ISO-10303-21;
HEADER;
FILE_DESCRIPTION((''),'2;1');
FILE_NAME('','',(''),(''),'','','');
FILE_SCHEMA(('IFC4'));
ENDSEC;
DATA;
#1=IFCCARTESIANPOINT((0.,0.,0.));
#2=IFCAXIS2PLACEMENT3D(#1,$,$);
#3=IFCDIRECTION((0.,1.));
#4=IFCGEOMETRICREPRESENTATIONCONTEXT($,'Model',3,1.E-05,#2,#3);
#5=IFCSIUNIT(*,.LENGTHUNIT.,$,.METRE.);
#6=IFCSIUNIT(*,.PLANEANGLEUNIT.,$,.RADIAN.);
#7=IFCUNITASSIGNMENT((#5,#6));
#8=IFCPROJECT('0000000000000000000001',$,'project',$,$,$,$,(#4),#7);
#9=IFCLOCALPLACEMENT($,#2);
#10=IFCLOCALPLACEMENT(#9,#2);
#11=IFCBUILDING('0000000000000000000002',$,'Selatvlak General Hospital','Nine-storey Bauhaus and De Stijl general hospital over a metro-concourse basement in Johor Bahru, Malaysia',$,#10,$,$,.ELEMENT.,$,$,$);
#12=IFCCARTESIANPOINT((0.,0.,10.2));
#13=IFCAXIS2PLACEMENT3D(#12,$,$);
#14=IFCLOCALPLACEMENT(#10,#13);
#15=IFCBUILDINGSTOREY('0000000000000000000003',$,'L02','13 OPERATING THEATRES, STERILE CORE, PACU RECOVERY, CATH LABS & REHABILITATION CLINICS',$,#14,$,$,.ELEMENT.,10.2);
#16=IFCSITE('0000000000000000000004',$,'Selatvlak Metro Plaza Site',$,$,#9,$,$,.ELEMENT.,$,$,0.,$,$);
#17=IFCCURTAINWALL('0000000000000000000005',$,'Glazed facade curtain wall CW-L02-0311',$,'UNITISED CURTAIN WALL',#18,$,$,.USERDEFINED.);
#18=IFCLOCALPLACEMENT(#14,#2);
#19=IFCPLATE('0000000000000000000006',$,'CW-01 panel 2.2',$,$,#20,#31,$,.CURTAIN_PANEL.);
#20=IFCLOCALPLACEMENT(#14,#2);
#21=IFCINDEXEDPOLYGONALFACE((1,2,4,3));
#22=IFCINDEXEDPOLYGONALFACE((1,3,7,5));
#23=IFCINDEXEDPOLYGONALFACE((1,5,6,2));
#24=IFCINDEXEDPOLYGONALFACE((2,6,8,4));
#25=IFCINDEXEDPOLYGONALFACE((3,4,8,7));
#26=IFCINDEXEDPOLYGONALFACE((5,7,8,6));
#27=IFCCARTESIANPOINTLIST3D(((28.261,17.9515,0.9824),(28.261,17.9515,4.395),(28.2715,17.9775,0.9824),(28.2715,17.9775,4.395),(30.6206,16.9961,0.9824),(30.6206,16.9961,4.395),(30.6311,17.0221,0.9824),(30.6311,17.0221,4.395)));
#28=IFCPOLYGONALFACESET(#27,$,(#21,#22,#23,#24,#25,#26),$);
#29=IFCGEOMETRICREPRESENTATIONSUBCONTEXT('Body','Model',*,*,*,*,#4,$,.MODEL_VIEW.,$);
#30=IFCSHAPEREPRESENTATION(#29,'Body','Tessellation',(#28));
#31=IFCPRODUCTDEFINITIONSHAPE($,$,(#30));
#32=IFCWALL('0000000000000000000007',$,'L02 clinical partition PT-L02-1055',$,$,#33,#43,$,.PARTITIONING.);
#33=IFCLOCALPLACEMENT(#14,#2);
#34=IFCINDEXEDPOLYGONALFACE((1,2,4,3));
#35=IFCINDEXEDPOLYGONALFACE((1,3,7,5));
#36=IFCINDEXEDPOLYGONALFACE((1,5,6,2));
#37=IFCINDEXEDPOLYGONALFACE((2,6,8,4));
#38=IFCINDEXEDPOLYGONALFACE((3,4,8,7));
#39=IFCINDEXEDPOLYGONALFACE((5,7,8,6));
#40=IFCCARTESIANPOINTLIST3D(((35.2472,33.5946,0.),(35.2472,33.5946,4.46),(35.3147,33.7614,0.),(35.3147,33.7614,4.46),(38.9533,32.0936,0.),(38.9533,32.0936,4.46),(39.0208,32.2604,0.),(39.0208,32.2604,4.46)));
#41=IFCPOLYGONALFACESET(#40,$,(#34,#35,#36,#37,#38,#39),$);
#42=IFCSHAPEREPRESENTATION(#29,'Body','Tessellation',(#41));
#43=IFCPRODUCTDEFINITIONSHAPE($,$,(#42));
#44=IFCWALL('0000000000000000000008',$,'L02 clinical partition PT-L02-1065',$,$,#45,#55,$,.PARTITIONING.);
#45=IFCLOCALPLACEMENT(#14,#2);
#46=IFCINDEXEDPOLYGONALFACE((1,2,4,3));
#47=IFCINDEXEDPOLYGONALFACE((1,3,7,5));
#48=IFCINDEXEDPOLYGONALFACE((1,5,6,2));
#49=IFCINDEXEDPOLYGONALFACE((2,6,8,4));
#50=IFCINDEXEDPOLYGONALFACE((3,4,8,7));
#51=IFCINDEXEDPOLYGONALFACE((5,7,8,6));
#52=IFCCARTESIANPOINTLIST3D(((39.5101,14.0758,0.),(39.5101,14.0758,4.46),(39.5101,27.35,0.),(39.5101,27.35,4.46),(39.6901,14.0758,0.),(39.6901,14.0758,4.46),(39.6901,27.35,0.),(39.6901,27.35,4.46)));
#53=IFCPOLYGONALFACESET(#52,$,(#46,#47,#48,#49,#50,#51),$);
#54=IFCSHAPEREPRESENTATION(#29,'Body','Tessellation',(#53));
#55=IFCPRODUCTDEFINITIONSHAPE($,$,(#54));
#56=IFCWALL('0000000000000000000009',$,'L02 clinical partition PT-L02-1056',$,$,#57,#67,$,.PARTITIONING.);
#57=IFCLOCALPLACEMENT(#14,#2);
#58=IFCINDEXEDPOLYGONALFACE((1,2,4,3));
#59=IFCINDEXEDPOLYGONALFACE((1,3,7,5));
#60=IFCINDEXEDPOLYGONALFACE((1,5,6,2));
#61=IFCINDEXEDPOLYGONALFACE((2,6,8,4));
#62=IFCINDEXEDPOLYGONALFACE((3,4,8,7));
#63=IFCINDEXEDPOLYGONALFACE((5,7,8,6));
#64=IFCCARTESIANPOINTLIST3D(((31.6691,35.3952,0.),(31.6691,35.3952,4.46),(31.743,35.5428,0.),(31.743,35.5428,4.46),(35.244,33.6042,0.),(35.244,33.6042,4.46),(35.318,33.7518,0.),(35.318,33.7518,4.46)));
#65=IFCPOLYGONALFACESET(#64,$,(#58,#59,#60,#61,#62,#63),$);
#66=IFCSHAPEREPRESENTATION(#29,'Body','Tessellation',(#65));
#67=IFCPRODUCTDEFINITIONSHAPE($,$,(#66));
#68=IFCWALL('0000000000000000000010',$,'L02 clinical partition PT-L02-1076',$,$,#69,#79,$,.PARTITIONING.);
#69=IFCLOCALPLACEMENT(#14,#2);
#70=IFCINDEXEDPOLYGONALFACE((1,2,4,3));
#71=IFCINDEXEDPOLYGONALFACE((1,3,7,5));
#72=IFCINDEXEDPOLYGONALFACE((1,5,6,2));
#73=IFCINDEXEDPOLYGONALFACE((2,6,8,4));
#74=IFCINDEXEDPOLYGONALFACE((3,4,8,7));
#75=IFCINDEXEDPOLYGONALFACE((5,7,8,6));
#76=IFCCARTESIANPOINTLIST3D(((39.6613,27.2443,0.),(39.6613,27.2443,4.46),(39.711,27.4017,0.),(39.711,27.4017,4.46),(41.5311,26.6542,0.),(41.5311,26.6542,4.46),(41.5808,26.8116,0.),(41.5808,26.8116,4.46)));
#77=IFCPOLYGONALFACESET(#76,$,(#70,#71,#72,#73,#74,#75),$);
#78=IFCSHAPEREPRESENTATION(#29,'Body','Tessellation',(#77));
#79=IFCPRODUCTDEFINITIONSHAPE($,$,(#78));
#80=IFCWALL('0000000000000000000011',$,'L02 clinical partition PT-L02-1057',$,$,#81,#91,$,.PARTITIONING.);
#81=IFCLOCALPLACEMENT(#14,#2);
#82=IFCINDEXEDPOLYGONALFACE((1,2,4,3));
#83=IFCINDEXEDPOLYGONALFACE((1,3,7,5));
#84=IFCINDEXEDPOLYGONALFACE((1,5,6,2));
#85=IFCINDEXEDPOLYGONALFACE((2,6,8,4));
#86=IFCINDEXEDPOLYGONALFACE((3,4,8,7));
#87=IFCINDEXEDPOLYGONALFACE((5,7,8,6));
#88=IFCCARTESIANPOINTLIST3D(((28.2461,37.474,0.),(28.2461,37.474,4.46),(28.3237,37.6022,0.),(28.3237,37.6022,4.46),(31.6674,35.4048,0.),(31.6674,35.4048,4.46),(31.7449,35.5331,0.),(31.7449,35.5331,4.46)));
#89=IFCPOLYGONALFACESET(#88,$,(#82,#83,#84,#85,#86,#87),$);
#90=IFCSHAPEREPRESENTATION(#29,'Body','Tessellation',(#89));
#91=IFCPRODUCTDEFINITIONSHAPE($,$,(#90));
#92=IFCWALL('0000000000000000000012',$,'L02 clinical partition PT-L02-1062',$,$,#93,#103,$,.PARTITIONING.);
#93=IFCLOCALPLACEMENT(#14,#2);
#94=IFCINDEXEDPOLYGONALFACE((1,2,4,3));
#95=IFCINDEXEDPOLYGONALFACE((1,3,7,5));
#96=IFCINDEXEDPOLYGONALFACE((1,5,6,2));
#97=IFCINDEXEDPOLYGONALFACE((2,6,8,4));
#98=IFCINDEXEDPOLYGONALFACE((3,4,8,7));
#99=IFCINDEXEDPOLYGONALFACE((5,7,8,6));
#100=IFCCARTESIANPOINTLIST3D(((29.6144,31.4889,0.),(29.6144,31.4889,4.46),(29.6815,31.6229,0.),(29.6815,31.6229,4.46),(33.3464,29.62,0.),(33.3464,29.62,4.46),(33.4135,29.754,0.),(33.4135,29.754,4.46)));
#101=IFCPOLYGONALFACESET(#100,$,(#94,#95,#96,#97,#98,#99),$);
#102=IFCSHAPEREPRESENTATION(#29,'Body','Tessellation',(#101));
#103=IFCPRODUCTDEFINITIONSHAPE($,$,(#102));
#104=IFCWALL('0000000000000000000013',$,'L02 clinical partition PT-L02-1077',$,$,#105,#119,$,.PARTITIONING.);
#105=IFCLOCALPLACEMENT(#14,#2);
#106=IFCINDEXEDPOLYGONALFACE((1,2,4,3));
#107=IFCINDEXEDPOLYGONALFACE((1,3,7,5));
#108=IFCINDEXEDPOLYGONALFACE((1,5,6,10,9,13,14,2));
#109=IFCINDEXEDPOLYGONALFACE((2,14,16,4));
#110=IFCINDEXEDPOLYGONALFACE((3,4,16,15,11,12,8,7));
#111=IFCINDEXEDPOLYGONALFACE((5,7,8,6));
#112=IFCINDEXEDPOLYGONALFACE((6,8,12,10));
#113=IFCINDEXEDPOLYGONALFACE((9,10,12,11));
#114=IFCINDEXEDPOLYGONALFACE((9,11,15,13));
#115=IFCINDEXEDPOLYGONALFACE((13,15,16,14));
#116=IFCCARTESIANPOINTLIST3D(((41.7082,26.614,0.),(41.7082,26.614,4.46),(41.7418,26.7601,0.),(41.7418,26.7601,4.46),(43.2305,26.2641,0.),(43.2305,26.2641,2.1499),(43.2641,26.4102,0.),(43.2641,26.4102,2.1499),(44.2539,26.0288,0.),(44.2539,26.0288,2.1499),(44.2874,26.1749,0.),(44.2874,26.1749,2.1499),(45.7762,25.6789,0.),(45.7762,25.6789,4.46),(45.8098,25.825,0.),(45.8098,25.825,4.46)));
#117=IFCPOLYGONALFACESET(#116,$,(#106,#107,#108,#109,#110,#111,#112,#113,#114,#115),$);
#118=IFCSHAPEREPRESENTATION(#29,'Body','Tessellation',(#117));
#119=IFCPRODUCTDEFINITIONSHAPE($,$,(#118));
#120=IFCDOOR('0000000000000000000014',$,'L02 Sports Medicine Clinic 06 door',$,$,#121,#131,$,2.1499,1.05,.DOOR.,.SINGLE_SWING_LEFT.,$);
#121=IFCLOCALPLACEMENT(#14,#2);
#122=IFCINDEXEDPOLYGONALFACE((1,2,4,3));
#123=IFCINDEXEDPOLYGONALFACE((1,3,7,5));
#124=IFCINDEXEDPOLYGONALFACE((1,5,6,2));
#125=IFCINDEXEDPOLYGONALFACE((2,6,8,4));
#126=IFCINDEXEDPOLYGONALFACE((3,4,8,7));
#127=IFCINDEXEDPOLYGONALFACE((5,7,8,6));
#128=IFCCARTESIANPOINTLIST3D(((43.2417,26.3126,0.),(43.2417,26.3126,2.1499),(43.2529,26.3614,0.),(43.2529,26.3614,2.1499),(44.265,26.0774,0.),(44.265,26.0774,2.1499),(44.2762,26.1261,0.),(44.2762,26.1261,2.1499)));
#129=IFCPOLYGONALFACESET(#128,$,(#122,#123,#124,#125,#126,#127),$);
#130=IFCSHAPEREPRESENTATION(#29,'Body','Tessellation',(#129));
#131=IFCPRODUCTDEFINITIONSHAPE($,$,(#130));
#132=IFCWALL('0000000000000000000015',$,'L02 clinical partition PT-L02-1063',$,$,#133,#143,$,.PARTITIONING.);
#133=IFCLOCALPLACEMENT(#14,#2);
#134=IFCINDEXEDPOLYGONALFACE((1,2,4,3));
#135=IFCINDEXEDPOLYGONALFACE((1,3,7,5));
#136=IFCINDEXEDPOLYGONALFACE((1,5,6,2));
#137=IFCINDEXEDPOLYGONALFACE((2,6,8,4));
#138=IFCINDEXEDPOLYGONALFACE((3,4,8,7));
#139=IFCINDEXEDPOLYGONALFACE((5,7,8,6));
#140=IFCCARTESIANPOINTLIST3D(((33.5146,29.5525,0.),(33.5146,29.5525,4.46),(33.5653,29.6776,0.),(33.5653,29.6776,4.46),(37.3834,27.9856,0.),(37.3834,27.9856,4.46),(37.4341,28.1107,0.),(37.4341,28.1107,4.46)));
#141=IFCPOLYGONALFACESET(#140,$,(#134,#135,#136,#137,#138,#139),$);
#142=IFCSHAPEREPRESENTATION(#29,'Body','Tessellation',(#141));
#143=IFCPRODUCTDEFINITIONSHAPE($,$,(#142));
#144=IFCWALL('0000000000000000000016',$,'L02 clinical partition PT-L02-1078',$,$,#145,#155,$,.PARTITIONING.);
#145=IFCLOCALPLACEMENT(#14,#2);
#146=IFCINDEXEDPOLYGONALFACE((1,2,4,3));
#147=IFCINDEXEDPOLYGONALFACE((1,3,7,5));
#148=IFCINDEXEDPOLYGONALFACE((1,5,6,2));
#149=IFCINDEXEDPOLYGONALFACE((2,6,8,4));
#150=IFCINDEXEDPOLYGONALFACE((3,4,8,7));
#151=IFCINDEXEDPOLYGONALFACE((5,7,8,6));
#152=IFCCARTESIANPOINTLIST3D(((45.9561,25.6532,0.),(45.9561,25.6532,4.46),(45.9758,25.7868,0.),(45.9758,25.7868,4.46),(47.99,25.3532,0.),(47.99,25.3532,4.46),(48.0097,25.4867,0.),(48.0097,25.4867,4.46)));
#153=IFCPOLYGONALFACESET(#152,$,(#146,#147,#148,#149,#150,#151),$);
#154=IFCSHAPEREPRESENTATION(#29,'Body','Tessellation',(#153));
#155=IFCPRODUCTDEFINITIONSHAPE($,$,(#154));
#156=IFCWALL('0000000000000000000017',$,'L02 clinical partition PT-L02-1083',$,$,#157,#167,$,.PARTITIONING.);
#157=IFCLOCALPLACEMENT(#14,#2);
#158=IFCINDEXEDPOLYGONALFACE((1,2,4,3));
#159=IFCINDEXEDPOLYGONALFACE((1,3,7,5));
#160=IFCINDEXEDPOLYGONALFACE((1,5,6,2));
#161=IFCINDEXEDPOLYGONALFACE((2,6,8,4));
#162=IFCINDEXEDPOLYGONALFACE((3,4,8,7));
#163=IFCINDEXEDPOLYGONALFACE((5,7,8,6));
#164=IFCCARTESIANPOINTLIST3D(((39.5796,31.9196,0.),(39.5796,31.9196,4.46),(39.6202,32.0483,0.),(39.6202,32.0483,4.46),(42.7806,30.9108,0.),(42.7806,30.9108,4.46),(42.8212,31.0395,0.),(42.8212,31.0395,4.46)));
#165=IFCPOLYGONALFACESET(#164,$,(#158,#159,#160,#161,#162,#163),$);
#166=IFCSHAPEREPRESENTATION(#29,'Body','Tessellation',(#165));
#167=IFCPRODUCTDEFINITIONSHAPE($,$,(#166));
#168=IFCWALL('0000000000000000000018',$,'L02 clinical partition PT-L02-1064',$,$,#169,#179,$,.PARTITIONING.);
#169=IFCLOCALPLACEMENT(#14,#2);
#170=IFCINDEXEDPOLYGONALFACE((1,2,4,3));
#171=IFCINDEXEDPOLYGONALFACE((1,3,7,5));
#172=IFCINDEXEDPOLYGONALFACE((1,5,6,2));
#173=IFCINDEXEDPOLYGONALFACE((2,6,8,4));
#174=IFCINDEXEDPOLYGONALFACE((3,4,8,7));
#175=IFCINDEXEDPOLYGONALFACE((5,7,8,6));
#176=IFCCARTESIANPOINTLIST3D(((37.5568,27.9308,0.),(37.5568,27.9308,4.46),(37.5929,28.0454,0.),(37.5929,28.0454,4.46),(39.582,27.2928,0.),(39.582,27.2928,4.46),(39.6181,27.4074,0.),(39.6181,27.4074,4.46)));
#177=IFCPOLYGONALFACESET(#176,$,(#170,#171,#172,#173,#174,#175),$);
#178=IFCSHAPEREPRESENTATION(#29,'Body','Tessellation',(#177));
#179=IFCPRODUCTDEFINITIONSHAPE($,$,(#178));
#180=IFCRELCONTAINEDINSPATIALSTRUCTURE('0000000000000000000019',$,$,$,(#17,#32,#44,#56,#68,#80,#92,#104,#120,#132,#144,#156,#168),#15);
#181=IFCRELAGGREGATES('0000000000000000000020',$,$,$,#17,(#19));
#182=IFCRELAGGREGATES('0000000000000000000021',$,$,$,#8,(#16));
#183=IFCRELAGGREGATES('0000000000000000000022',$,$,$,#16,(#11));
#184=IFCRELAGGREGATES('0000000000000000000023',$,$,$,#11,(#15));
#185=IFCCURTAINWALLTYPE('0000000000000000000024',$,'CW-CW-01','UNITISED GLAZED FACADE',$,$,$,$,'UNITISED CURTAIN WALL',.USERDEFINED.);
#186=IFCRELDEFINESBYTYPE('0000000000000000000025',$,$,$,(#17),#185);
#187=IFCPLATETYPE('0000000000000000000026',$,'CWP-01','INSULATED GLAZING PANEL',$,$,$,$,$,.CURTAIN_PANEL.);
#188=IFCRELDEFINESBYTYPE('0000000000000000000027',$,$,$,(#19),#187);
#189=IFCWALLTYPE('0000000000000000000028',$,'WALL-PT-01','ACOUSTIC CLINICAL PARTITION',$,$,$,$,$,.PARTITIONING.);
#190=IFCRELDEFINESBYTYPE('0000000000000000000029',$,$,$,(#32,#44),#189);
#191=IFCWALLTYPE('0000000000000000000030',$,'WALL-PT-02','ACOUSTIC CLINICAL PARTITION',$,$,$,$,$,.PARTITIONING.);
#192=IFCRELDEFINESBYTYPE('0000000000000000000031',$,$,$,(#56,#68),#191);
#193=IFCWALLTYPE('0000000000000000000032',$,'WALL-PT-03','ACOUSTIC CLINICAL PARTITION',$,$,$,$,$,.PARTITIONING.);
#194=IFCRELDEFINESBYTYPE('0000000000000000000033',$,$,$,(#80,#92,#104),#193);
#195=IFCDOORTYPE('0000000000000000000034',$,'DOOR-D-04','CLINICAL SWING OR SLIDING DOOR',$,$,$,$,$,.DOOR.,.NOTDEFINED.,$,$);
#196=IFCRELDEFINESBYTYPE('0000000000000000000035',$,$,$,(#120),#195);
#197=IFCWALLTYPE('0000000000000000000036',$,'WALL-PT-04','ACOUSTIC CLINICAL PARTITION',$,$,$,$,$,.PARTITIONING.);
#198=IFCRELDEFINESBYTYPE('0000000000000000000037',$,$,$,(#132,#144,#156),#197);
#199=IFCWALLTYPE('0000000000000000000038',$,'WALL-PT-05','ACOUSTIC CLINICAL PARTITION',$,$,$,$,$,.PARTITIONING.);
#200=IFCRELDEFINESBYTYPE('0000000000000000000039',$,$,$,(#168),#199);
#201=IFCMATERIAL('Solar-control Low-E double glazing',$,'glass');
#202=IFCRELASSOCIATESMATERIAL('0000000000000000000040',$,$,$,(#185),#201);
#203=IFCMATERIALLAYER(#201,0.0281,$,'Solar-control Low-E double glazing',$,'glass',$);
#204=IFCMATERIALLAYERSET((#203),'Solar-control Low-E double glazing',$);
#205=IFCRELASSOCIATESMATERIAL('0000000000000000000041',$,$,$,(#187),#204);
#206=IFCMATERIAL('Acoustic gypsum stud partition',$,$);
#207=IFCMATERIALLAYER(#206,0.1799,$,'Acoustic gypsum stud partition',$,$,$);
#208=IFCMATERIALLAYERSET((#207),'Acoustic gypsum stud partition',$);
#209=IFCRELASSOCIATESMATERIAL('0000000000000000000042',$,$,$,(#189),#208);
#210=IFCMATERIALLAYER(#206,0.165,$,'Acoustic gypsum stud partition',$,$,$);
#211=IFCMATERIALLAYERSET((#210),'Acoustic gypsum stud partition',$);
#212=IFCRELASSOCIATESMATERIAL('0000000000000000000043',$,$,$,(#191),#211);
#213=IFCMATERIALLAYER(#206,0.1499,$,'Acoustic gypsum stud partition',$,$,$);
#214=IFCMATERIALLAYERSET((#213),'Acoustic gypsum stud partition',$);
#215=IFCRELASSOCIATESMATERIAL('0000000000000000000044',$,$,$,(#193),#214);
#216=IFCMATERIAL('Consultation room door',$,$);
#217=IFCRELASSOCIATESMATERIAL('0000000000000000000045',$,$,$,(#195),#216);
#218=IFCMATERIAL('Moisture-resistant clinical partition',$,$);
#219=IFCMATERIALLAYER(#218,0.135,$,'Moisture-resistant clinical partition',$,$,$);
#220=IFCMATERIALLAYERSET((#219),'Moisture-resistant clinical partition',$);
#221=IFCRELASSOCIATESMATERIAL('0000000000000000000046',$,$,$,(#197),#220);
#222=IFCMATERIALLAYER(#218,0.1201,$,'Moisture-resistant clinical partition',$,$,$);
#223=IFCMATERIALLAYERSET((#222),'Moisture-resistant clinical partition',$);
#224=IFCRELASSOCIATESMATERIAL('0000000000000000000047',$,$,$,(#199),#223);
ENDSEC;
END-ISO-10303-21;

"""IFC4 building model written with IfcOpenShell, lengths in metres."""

from ifc_helpers import new_model, si_unit, direction, frame, frame_2d, origin, origin_2d, place, context, subcontext, project, spatial, rectangle, extrude, material, layer, layer_set, type_object, element, fill, aggregate, save


model = new_model("IFC4")

# Units and contexts
model_context = context("Model", 3, precision=1e-05, world=origin(), true_north=direction((0.0, 1.0)))
body_context = subcontext(model_context, "Body", "Model", "MODEL_VIEW")
ifc_project = project(units=[si_unit("LENGTHUNIT", "METRE"), si_unit("PLANEANGLEUNIT", "RADIAN")], contexts=[model_context])

# Site, building, storey
site_placement = place(None, origin())
site = spatial("IfcSite", under=ifc_project, at=site_placement, Name="Selatvlak Metro Plaza Site", CompositionType="ELEMENT", RefElevation=0.0)
building_placement = place(site_placement, origin())
building = spatial("IfcBuilding", under=site, at=building_placement, Name="Selatvlak General Hospital", Description="Nine-storey Bauhaus and De Stijl general hospital over a metro-concourse basement in Johor Bahru, Malaysia", CompositionType="ELEMENT")
storey_placement = place(building_placement, frame((0.0, 0.0, 10.2)))
storey = spatial("IfcBuildingStorey", under=building, at=storey_placement, Name="L02", Description="13 OPERATING THEATRES, STERILE CORE, PACU RECOVERY, CATH LABS & REHABILITATION CLINICS", CompositionType="ELEMENT", Elevation=10.2)

# Curtain wall, plate
ifc_material_1 = material(Name="Solar-control Low-E double glazing", Category="glass")
curtain_wall_type = type_object("IfcCurtainWallType", Name="CW-CW-01", Description="UNITISED GLAZED FACADE", ElementType="UNITISED CURTAIN WALL", PredefinedType="USERDEFINED", material=ifc_material_1)
curtain_wall_placement = place(storey_placement, origin())
curtain_wall = element("IfcCurtainWall", 1, at=curtain_wall_placement, inside=storey, type_object=curtain_wall_type, Name="Glazed facade curtain wall CW-L02-0311", ObjectType="UNITISED CURTAIN WALL", PredefinedType="USERDEFINED")
ifc_layer_1 = layer(ifc_material_1, 0.0281, Name="Solar-control Low-E double glazing", Category="glass")
ifc_layer_set_1 = layer_set([ifc_layer_1], Name="Solar-control Low-E double glazing")
plate_type = type_object("IfcPlateType", Name="CWP-01", Description="INSULATED GLAZING PANEL", PredefinedType="CURTAIN_PANEL", material=ifc_layer_set_1)
plate_1_placement = place(storey_placement, frame((29.446, 17.4868, 0.9824), z_axis=(0.0, 0.0, 1.0), x_axis=(-0.926903, 0.375301, 0.0)))
plate_1 = element("IfcPlate", 2, at=plate_1_placement, type_object=plate_type, Name="CW-01 panel 2.2", PredefinedType="CURTAIN_PANEL", context=body_context, shape_type="SweptSolid", body=[
    extrude(rectangle(XDim=2.5457, YDim=0.0281, at=origin_2d()), origin(), (0.0, 0.0, 1.0), 3.4126),
])
aggregate(curtain_wall, [plate_1])

# Walls
ifc_material_2 = material(Name="Acoustic gypsum stud partition")
ifc_layer_2 = layer(ifc_material_2, 0.1799, Name="Acoustic gypsum stud partition")
ifc_layer_set_2 = layer_set([ifc_layer_2], Name="Acoustic gypsum stud partition")
wall_type_1 = type_object("IfcWallType", Name="WALL-PT-01", Description="ACOUSTIC CLINICAL PARTITION", PredefinedType="PARTITIONING", material=ifc_layer_set_2)
wall_1_placement = place(storey_placement, frame((38.9871, 32.177, 0.0), z_axis=(0.0, 0.0, 1.0), x_axis=(-0.926868, 0.375388, 0.0)))
element("IfcWall", 3, at=wall_1_placement, inside=storey, type_object=wall_type_1, Name="L02 clinical partition PT-L02-1055", PredefinedType="PARTITIONING", context=body_context, shape_type="SweptSolid", body=[
    extrude(rectangle(XDim=3.9985, YDim=0.1799, at=frame_2d((1.9993, 0.0))), origin(), (0.0, 0.0, 1.0), 4.46),
])
wall_2_placement = place(storey_placement, frame((39.6001, 27.3501, 0.0), z_axis=(0.0, 0.0, 1.0), x_axis=(0.0, -1.0, 0.0)))
element("IfcWall", 4, at=wall_2_placement, inside=storey, type_object=wall_type_1, Name="L02 clinical partition PT-L02-1065", PredefinedType="PARTITIONING", context=body_context, shape_type="SweptSolid", body=[
    extrude(rectangle(XDim=13.2742, YDim=0.1799, at=frame_2d((6.6372, 0.0))), origin(), (0.0, 0.0, 1.0), 4.46),
])
ifc_layer_3 = layer(ifc_material_2, 0.165, Name="Acoustic gypsum stud partition")
ifc_layer_set_3 = layer_set([ifc_layer_3], Name="Acoustic gypsum stud partition")
wall_type_2 = type_object("IfcWallType", Name="WALL-PT-02", Description="ACOUSTIC CLINICAL PARTITION", PredefinedType="PARTITIONING", material=ifc_layer_set_3)
wall_3_placement = place(storey_placement, frame((35.281, 33.678, 0.0), z_axis=(0.0, 0.0, 1.0), x_axis=(-0.894073, 0.447922, 0.0)))
element("IfcWall", 5, at=wall_3_placement, inside=storey, type_object=wall_type_2, Name="L02 clinical partition PT-L02-1056", PredefinedType="PARTITIONING", context=body_context, shape_type="SweptSolid", body=[
    extrude(rectangle(XDim=3.9985, YDim=0.165, at=frame_2d((1.9993, 0.0))), origin(), (0.0, 0.0, 1.0), 4.46),
])
wall_4_placement = place(storey_placement, frame((39.686, 27.323, 0.0), z_axis=(0.0, 0.0, 1.0), x_axis=(0.953641, -0.300947, 0.0)))
element("IfcWall", 6, at=wall_4_placement, inside=storey, type_object=wall_type_2, Name="L02 clinical partition PT-L02-1076", PredefinedType="PARTITIONING", context=body_context, shape_type="SweptSolid", body=[
    extrude(rectangle(XDim=1.9607, YDim=0.165, at=frame_2d((0.9805, 0.0))), origin(), (0.0, 0.0, 1.0), 4.46),
])
ifc_layer_4 = layer(ifc_material_2, 0.1499, Name="Acoustic gypsum stud partition")
ifc_layer_set_4 = layer_set([ifc_layer_4], Name="Acoustic gypsum stud partition")
wall_type_3 = type_object("IfcWallType", Name="WALL-PT-03", Description="ACOUSTIC CLINICAL PARTITION", PredefinedType="PARTITIONING", material=ifc_layer_set_4)
wall_5_placement = place(storey_placement, frame((31.7061, 35.469, 0.0), z_axis=(0.0, 0.0, 1.0), x_axis=(-0.855677, 0.51751, 0.0)))
element("IfcWall", 7, at=wall_5_placement, inside=storey, type_object=wall_type_3, Name="L02 clinical partition PT-L02-1057", PredefinedType="PARTITIONING", context=body_context, shape_type="SweptSolid", body=[
    extrude(rectangle(XDim=3.9983, YDim=0.1499, at=frame_2d((1.999, 0.0))), origin(), (0.0, 0.0, 1.0), 4.46),
])
wall_6_placement = place(storey_placement, frame((29.6479, 31.5559, 0.0), z_axis=(0.0, 0.0, 1.0), x_axis=(0.894146, -0.447775, 0.0)))
element("IfcWall", 8, at=wall_6_placement, inside=storey, type_object=wall_type_3, Name="L02 clinical partition PT-L02-1062", PredefinedType="PARTITIONING", context=body_context, shape_type="SweptSolid", body=[
    extrude(rectangle(XDim=4.1738, YDim=0.1499, at=frame_2d((2.0869, 0.0))), origin(), (0.0, 0.0, 1.0), 4.46),
])

# Wall, opening, door
wall_7_placement = place(storey_placement, frame((41.7251, 26.687, 0.0), z_axis=(0.0, 0.0, 1.0), x_axis=(0.974584, -0.224022, 0.0)))
wall_7 = element("IfcWall", 9, at=wall_7_placement, inside=storey, type_object=wall_type_3, Name="L02 clinical partition PT-L02-1077", PredefinedType="PARTITIONING", context=body_context, shape_type="SweptSolid", body=[
    extrude(rectangle(XDim=4.1741, YDim=0.1499, at=frame_2d((2.0869, 0.0))), origin(), (0.0, 0.0, 1.0), 4.46),
])
opening_placement = place(wall_7_placement, frame((1.562, 0.0, 0.0)))
opening = element("IfcOpeningElement", 10, at=opening_placement, cuts=wall_7, PredefinedType="OPENING", context=body_context, shape_type="SweptSolid", body=[
    extrude(rectangle(XDim=1.05, YDim=2.1499, at=frame_2d((0.5249, 1.075))), frame((0.0, 0.085, 0.0), z_axis=(0.0, -1.0, 0.0), x_axis=(1.0, 0.0, 0.0)), (0.0, 0.0, 1.0), 0.1699),
])
ifc_material_3 = material(Name="Consultation room door")
door_type = type_object("IfcDoorType", Name="DOOR-D-04", Description="CLINICAL SWING OR SLIDING DOOR", OperationType="NOTDEFINED", PredefinedType="DOOR", material=ifc_material_3)
door_placement = place(opening_placement, origin())
door = element("IfcDoor", 11, at=door_placement, inside=storey, type_object=door_type, Name="L02 Sports Medicine Clinic 06 door", OperationType="SINGLE_SWING_LEFT", OverallHeight=2.1499, OverallWidth=1.05, PredefinedType="DOOR", context=body_context, shape_type="SweptSolid", body=[
    extrude(rectangle(XDim=1.05, YDim=2.1499, at=frame_2d((0.5249, 1.075))), frame((0.0, 0.0249, 0.0), z_axis=(0.0, -1.0, 0.0), x_axis=(1.0, 0.0, 0.0)), (0.0, 0.0, 1.0), 0.05),
])
fill(opening, door)

# Walls
ifc_material_4 = material(Name="Moisture-resistant clinical partition")
ifc_layer_5 = layer(ifc_material_4, 0.135, Name="Moisture-resistant clinical partition")
ifc_layer_set_5 = layer_set([ifc_layer_5], Name="Moisture-resistant clinical partition")
wall_type_4 = type_object("IfcWallType", Name="WALL-PT-04", Description="ACOUSTIC CLINICAL PARTITION", PredefinedType="PARTITIONING", material=ifc_layer_set_5)
wall_8_placement = place(storey_placement, frame((33.54, 29.615, 0.0), z_axis=(0.0, 0.0, 1.0), x_axis=(0.926871, -0.375381, 0.0)))
element("IfcWall", 12, at=wall_8_placement, inside=storey, type_object=wall_type_4, Name="L02 clinical partition PT-L02-1063", PredefinedType="PARTITIONING", context=body_context, shape_type="SweptSolid", body=[
    extrude(rectangle(XDim=4.1741, YDim=0.135, at=frame_2d((2.0869, 0.0))), origin(), (0.0, 0.0, 1.0), 4.46),
])
wall_9_placement = place(storey_placement, frame((45.9661, 25.72, 0.0), z_axis=(0.0, 0.0, 1.0), x_axis=(0.989293, -0.145942, 0.0)))
element("IfcWall", 13, at=wall_9_placement, inside=storey, type_object=wall_type_4, Name="L02 clinical partition PT-L02-1078", PredefinedType="PARTITIONING", context=body_context, shape_type="SweptSolid", body=[
    extrude(rectangle(XDim=2.0559, YDim=0.135, at=frame_2d((1.0278, 0.0))), origin(), (0.0, 0.0, 1.0), 4.46),
])
wall_10_placement = place(storey_placement, frame((42.801, 30.9751, 0.0), z_axis=(0.0, 0.0, 1.0), x_axis=(-0.953756, 0.300581, 0.0)))
element("IfcWall", 14, at=wall_10_placement, inside=storey, type_object=wall_type_4, Name="L02 clinical partition PT-L02-1083", PredefinedType="PARTITIONING", context=body_context, shape_type="SweptSolid", body=[
    extrude(rectangle(XDim=3.3562, YDim=0.135, at=frame_2d((1.6782, 0.0))), origin(), (0.0, 0.0, 1.0), 4.46),
])
ifc_layer_6 = layer(ifc_material_4, 0.1201, Name="Moisture-resistant clinical partition")
ifc_layer_set_6 = layer_set([ifc_layer_6], Name="Moisture-resistant clinical partition")
wall_type_5 = type_object("IfcWallType", Name="WALL-PT-05", Description="ACOUSTIC CLINICAL PARTITION", PredefinedType="PARTITIONING", material=ifc_layer_set_6)
wall_11_placement = place(storey_placement, frame((37.575, 27.988, 0.0), z_axis=(0.0, 0.0, 1.0), x_axis=(0.953796, -0.300454, 0.0)))
element("IfcWall", 15, at=wall_11_placement, inside=storey, type_object=wall_type_5, Name="L02 clinical partition PT-L02-1064", PredefinedType="PARTITIONING", context=body_context, shape_type="SweptSolid", body=[
    extrude(rectangle(XDim=2.1233, YDim=0.1201, at=frame_2d((1.0615, 0.0))), origin(), (0.0, 0.0, 1.0), 4.46),
])

save(model, "model.ifc")
